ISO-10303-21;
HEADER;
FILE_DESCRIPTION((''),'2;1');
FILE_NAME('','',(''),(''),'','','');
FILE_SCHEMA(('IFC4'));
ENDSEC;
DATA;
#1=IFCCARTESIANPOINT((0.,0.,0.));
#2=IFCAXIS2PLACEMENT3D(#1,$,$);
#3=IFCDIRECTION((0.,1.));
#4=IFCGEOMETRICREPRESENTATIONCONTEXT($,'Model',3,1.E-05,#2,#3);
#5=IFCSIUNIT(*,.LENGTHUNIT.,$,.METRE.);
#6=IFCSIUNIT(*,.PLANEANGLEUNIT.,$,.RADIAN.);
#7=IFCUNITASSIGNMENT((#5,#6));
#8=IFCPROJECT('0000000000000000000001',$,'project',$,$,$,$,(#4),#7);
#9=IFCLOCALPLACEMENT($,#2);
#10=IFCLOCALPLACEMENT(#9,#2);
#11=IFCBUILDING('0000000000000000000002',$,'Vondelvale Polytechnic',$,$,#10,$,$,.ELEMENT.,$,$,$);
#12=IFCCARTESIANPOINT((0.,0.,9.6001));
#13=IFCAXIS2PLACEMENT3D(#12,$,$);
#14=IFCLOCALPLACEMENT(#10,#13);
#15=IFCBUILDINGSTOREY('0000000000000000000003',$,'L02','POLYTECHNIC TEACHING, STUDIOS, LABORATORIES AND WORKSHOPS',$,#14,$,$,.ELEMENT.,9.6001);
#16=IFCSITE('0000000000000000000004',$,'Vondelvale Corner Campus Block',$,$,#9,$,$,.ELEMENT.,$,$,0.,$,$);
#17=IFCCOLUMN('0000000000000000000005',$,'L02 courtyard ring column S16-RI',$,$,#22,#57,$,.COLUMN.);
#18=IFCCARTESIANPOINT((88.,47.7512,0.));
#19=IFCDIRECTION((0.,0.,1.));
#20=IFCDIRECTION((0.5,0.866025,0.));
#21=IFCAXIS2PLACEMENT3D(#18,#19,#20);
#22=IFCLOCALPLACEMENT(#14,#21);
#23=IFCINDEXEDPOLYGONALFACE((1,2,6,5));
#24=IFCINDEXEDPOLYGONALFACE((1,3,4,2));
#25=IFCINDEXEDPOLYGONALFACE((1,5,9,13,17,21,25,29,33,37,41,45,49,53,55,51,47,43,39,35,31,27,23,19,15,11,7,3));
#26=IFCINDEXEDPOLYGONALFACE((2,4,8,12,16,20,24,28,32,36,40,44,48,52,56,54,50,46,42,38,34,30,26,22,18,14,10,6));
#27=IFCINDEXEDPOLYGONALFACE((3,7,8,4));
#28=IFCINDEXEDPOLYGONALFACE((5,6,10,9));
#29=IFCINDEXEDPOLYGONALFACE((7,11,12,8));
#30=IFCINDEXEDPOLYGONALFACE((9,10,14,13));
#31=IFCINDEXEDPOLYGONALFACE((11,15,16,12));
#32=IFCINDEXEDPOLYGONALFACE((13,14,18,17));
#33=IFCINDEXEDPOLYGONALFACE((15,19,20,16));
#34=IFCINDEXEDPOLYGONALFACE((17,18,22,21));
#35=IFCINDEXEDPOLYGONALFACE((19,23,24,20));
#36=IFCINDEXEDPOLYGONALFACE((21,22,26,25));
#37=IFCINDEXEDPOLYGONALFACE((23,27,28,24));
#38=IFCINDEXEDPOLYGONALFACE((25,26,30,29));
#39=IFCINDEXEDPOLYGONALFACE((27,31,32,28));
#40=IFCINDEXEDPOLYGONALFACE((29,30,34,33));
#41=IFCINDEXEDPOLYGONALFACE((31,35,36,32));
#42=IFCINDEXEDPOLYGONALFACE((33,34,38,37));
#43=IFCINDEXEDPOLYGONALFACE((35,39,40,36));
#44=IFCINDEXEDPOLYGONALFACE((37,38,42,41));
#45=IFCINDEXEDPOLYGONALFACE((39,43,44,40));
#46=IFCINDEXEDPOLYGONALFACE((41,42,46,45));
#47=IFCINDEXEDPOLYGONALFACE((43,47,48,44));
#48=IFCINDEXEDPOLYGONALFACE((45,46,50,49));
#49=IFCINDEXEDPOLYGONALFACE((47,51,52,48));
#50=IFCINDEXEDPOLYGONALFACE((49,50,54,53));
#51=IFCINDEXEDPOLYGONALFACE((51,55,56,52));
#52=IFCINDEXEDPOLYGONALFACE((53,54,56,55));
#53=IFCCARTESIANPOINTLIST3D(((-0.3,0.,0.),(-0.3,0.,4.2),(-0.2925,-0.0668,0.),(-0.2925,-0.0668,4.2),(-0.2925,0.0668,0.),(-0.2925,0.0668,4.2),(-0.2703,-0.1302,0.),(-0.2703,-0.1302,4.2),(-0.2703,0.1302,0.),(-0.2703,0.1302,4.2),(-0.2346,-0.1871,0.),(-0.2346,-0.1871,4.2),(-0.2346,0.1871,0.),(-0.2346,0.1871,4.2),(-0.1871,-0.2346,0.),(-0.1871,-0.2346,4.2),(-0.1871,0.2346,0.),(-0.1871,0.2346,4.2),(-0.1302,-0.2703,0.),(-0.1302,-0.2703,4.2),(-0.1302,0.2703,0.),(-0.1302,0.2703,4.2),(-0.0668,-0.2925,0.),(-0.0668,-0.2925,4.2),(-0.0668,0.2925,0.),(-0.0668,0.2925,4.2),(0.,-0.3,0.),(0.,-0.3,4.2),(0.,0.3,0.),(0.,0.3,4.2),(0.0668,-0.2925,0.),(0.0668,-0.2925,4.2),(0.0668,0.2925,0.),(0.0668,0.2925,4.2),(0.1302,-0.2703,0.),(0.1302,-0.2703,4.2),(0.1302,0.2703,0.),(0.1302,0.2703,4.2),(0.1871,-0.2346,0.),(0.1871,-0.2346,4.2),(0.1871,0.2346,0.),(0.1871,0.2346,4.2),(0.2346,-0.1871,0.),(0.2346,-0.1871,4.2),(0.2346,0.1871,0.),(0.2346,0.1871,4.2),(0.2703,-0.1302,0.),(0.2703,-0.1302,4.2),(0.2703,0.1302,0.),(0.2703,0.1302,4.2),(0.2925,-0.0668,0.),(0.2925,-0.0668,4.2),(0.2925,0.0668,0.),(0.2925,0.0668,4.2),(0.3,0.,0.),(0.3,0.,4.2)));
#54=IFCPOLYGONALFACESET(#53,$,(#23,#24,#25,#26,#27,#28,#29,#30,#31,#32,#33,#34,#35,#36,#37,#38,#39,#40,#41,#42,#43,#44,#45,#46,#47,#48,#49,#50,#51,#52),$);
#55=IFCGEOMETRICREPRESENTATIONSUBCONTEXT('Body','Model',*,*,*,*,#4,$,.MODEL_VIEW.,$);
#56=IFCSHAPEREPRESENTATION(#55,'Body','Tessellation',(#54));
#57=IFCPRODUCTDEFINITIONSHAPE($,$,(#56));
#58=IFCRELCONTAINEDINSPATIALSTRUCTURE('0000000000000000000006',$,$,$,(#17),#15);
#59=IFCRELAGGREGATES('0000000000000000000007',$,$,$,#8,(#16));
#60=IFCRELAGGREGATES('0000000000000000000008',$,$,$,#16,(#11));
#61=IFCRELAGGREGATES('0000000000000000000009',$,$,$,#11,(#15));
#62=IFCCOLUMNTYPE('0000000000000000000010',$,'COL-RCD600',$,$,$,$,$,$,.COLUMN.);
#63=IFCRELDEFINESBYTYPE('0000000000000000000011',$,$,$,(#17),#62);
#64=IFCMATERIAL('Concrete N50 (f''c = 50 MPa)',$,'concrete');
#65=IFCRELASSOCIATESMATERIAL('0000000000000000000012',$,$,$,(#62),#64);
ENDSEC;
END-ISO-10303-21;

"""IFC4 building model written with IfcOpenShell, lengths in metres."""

from ifc_helpers import new_model, si_unit, direction, frame, origin, origin_2d, place, context, subcontext, project, spatial, circle, extrude, material, material_profile, profile_set, type_object, element, save


model = new_model("IFC4")

# Units and contexts
model_context = context("Model", 3, precision=1e-05, world=origin(), true_north=direction((0.0, 1.0)))
body_context = subcontext(model_context, "Body", "Model", "MODEL_VIEW")
ifc_project = project(units=[si_unit("LENGTHUNIT", "METRE"), si_unit("PLANEANGLEUNIT", "RADIAN")], contexts=[model_context])

# Site, building, storey
site_placement = place(None, origin())
site = spatial("IfcSite", under=ifc_project, at=site_placement, Name="Vondelvale Corner Campus Block", CompositionType="ELEMENT", RefElevation=0.0)
building_placement = place(site_placement, origin())
building = spatial("IfcBuilding", under=site, at=building_placement, Name="Vondelvale Polytechnic", CompositionType="ELEMENT")
storey_placement = place(building_placement, frame((0.0, 0.0, 9.6001)))
storey = spatial("IfcBuildingStorey", under=building, at=storey_placement, Name="L02", Description="POLYTECHNIC TEACHING, STUDIOS, LABORATORIES AND WORKSHOPS", CompositionType="ELEMENT", Elevation=9.6001)

# Column
ifc_material_1 = material(Name="Concrete N50 (f'c = 50 MPa)", Category="concrete")
ifc_material_profile_1 = material_profile(ifc_material_1, circle(Radius=0.3, at=origin_2d()), Name="RC-COL-D600")
ifc_profile_set_1 = profile_set([ifc_material_profile_1], Name="Concrete N50 (f'c = 50 MPa)")
column_type_1 = type_object("IfcColumnType", Name="COL-RCD600", PredefinedType="COLUMN", material=ifc_profile_set_1)
column_1_placement = place(storey_placement, frame((88.0, 47.7512, 0.0), z_axis=(0.0, 0.0, 1.0), x_axis=(0.5, 0.866025, 0.0)))
element("IfcColumn", 1, at=column_1_placement, inside=storey, type_object=column_type_1, Name="L02 courtyard ring column S16-RI", PredefinedType="COLUMN", context=body_context, shape_type="SweptSolid", body=[
    extrude(circle(Radius=0.3, at=origin_2d()), origin(), (0.0, 0.0, 1.0), 4.2),
])

save(model, "model.ifc")
